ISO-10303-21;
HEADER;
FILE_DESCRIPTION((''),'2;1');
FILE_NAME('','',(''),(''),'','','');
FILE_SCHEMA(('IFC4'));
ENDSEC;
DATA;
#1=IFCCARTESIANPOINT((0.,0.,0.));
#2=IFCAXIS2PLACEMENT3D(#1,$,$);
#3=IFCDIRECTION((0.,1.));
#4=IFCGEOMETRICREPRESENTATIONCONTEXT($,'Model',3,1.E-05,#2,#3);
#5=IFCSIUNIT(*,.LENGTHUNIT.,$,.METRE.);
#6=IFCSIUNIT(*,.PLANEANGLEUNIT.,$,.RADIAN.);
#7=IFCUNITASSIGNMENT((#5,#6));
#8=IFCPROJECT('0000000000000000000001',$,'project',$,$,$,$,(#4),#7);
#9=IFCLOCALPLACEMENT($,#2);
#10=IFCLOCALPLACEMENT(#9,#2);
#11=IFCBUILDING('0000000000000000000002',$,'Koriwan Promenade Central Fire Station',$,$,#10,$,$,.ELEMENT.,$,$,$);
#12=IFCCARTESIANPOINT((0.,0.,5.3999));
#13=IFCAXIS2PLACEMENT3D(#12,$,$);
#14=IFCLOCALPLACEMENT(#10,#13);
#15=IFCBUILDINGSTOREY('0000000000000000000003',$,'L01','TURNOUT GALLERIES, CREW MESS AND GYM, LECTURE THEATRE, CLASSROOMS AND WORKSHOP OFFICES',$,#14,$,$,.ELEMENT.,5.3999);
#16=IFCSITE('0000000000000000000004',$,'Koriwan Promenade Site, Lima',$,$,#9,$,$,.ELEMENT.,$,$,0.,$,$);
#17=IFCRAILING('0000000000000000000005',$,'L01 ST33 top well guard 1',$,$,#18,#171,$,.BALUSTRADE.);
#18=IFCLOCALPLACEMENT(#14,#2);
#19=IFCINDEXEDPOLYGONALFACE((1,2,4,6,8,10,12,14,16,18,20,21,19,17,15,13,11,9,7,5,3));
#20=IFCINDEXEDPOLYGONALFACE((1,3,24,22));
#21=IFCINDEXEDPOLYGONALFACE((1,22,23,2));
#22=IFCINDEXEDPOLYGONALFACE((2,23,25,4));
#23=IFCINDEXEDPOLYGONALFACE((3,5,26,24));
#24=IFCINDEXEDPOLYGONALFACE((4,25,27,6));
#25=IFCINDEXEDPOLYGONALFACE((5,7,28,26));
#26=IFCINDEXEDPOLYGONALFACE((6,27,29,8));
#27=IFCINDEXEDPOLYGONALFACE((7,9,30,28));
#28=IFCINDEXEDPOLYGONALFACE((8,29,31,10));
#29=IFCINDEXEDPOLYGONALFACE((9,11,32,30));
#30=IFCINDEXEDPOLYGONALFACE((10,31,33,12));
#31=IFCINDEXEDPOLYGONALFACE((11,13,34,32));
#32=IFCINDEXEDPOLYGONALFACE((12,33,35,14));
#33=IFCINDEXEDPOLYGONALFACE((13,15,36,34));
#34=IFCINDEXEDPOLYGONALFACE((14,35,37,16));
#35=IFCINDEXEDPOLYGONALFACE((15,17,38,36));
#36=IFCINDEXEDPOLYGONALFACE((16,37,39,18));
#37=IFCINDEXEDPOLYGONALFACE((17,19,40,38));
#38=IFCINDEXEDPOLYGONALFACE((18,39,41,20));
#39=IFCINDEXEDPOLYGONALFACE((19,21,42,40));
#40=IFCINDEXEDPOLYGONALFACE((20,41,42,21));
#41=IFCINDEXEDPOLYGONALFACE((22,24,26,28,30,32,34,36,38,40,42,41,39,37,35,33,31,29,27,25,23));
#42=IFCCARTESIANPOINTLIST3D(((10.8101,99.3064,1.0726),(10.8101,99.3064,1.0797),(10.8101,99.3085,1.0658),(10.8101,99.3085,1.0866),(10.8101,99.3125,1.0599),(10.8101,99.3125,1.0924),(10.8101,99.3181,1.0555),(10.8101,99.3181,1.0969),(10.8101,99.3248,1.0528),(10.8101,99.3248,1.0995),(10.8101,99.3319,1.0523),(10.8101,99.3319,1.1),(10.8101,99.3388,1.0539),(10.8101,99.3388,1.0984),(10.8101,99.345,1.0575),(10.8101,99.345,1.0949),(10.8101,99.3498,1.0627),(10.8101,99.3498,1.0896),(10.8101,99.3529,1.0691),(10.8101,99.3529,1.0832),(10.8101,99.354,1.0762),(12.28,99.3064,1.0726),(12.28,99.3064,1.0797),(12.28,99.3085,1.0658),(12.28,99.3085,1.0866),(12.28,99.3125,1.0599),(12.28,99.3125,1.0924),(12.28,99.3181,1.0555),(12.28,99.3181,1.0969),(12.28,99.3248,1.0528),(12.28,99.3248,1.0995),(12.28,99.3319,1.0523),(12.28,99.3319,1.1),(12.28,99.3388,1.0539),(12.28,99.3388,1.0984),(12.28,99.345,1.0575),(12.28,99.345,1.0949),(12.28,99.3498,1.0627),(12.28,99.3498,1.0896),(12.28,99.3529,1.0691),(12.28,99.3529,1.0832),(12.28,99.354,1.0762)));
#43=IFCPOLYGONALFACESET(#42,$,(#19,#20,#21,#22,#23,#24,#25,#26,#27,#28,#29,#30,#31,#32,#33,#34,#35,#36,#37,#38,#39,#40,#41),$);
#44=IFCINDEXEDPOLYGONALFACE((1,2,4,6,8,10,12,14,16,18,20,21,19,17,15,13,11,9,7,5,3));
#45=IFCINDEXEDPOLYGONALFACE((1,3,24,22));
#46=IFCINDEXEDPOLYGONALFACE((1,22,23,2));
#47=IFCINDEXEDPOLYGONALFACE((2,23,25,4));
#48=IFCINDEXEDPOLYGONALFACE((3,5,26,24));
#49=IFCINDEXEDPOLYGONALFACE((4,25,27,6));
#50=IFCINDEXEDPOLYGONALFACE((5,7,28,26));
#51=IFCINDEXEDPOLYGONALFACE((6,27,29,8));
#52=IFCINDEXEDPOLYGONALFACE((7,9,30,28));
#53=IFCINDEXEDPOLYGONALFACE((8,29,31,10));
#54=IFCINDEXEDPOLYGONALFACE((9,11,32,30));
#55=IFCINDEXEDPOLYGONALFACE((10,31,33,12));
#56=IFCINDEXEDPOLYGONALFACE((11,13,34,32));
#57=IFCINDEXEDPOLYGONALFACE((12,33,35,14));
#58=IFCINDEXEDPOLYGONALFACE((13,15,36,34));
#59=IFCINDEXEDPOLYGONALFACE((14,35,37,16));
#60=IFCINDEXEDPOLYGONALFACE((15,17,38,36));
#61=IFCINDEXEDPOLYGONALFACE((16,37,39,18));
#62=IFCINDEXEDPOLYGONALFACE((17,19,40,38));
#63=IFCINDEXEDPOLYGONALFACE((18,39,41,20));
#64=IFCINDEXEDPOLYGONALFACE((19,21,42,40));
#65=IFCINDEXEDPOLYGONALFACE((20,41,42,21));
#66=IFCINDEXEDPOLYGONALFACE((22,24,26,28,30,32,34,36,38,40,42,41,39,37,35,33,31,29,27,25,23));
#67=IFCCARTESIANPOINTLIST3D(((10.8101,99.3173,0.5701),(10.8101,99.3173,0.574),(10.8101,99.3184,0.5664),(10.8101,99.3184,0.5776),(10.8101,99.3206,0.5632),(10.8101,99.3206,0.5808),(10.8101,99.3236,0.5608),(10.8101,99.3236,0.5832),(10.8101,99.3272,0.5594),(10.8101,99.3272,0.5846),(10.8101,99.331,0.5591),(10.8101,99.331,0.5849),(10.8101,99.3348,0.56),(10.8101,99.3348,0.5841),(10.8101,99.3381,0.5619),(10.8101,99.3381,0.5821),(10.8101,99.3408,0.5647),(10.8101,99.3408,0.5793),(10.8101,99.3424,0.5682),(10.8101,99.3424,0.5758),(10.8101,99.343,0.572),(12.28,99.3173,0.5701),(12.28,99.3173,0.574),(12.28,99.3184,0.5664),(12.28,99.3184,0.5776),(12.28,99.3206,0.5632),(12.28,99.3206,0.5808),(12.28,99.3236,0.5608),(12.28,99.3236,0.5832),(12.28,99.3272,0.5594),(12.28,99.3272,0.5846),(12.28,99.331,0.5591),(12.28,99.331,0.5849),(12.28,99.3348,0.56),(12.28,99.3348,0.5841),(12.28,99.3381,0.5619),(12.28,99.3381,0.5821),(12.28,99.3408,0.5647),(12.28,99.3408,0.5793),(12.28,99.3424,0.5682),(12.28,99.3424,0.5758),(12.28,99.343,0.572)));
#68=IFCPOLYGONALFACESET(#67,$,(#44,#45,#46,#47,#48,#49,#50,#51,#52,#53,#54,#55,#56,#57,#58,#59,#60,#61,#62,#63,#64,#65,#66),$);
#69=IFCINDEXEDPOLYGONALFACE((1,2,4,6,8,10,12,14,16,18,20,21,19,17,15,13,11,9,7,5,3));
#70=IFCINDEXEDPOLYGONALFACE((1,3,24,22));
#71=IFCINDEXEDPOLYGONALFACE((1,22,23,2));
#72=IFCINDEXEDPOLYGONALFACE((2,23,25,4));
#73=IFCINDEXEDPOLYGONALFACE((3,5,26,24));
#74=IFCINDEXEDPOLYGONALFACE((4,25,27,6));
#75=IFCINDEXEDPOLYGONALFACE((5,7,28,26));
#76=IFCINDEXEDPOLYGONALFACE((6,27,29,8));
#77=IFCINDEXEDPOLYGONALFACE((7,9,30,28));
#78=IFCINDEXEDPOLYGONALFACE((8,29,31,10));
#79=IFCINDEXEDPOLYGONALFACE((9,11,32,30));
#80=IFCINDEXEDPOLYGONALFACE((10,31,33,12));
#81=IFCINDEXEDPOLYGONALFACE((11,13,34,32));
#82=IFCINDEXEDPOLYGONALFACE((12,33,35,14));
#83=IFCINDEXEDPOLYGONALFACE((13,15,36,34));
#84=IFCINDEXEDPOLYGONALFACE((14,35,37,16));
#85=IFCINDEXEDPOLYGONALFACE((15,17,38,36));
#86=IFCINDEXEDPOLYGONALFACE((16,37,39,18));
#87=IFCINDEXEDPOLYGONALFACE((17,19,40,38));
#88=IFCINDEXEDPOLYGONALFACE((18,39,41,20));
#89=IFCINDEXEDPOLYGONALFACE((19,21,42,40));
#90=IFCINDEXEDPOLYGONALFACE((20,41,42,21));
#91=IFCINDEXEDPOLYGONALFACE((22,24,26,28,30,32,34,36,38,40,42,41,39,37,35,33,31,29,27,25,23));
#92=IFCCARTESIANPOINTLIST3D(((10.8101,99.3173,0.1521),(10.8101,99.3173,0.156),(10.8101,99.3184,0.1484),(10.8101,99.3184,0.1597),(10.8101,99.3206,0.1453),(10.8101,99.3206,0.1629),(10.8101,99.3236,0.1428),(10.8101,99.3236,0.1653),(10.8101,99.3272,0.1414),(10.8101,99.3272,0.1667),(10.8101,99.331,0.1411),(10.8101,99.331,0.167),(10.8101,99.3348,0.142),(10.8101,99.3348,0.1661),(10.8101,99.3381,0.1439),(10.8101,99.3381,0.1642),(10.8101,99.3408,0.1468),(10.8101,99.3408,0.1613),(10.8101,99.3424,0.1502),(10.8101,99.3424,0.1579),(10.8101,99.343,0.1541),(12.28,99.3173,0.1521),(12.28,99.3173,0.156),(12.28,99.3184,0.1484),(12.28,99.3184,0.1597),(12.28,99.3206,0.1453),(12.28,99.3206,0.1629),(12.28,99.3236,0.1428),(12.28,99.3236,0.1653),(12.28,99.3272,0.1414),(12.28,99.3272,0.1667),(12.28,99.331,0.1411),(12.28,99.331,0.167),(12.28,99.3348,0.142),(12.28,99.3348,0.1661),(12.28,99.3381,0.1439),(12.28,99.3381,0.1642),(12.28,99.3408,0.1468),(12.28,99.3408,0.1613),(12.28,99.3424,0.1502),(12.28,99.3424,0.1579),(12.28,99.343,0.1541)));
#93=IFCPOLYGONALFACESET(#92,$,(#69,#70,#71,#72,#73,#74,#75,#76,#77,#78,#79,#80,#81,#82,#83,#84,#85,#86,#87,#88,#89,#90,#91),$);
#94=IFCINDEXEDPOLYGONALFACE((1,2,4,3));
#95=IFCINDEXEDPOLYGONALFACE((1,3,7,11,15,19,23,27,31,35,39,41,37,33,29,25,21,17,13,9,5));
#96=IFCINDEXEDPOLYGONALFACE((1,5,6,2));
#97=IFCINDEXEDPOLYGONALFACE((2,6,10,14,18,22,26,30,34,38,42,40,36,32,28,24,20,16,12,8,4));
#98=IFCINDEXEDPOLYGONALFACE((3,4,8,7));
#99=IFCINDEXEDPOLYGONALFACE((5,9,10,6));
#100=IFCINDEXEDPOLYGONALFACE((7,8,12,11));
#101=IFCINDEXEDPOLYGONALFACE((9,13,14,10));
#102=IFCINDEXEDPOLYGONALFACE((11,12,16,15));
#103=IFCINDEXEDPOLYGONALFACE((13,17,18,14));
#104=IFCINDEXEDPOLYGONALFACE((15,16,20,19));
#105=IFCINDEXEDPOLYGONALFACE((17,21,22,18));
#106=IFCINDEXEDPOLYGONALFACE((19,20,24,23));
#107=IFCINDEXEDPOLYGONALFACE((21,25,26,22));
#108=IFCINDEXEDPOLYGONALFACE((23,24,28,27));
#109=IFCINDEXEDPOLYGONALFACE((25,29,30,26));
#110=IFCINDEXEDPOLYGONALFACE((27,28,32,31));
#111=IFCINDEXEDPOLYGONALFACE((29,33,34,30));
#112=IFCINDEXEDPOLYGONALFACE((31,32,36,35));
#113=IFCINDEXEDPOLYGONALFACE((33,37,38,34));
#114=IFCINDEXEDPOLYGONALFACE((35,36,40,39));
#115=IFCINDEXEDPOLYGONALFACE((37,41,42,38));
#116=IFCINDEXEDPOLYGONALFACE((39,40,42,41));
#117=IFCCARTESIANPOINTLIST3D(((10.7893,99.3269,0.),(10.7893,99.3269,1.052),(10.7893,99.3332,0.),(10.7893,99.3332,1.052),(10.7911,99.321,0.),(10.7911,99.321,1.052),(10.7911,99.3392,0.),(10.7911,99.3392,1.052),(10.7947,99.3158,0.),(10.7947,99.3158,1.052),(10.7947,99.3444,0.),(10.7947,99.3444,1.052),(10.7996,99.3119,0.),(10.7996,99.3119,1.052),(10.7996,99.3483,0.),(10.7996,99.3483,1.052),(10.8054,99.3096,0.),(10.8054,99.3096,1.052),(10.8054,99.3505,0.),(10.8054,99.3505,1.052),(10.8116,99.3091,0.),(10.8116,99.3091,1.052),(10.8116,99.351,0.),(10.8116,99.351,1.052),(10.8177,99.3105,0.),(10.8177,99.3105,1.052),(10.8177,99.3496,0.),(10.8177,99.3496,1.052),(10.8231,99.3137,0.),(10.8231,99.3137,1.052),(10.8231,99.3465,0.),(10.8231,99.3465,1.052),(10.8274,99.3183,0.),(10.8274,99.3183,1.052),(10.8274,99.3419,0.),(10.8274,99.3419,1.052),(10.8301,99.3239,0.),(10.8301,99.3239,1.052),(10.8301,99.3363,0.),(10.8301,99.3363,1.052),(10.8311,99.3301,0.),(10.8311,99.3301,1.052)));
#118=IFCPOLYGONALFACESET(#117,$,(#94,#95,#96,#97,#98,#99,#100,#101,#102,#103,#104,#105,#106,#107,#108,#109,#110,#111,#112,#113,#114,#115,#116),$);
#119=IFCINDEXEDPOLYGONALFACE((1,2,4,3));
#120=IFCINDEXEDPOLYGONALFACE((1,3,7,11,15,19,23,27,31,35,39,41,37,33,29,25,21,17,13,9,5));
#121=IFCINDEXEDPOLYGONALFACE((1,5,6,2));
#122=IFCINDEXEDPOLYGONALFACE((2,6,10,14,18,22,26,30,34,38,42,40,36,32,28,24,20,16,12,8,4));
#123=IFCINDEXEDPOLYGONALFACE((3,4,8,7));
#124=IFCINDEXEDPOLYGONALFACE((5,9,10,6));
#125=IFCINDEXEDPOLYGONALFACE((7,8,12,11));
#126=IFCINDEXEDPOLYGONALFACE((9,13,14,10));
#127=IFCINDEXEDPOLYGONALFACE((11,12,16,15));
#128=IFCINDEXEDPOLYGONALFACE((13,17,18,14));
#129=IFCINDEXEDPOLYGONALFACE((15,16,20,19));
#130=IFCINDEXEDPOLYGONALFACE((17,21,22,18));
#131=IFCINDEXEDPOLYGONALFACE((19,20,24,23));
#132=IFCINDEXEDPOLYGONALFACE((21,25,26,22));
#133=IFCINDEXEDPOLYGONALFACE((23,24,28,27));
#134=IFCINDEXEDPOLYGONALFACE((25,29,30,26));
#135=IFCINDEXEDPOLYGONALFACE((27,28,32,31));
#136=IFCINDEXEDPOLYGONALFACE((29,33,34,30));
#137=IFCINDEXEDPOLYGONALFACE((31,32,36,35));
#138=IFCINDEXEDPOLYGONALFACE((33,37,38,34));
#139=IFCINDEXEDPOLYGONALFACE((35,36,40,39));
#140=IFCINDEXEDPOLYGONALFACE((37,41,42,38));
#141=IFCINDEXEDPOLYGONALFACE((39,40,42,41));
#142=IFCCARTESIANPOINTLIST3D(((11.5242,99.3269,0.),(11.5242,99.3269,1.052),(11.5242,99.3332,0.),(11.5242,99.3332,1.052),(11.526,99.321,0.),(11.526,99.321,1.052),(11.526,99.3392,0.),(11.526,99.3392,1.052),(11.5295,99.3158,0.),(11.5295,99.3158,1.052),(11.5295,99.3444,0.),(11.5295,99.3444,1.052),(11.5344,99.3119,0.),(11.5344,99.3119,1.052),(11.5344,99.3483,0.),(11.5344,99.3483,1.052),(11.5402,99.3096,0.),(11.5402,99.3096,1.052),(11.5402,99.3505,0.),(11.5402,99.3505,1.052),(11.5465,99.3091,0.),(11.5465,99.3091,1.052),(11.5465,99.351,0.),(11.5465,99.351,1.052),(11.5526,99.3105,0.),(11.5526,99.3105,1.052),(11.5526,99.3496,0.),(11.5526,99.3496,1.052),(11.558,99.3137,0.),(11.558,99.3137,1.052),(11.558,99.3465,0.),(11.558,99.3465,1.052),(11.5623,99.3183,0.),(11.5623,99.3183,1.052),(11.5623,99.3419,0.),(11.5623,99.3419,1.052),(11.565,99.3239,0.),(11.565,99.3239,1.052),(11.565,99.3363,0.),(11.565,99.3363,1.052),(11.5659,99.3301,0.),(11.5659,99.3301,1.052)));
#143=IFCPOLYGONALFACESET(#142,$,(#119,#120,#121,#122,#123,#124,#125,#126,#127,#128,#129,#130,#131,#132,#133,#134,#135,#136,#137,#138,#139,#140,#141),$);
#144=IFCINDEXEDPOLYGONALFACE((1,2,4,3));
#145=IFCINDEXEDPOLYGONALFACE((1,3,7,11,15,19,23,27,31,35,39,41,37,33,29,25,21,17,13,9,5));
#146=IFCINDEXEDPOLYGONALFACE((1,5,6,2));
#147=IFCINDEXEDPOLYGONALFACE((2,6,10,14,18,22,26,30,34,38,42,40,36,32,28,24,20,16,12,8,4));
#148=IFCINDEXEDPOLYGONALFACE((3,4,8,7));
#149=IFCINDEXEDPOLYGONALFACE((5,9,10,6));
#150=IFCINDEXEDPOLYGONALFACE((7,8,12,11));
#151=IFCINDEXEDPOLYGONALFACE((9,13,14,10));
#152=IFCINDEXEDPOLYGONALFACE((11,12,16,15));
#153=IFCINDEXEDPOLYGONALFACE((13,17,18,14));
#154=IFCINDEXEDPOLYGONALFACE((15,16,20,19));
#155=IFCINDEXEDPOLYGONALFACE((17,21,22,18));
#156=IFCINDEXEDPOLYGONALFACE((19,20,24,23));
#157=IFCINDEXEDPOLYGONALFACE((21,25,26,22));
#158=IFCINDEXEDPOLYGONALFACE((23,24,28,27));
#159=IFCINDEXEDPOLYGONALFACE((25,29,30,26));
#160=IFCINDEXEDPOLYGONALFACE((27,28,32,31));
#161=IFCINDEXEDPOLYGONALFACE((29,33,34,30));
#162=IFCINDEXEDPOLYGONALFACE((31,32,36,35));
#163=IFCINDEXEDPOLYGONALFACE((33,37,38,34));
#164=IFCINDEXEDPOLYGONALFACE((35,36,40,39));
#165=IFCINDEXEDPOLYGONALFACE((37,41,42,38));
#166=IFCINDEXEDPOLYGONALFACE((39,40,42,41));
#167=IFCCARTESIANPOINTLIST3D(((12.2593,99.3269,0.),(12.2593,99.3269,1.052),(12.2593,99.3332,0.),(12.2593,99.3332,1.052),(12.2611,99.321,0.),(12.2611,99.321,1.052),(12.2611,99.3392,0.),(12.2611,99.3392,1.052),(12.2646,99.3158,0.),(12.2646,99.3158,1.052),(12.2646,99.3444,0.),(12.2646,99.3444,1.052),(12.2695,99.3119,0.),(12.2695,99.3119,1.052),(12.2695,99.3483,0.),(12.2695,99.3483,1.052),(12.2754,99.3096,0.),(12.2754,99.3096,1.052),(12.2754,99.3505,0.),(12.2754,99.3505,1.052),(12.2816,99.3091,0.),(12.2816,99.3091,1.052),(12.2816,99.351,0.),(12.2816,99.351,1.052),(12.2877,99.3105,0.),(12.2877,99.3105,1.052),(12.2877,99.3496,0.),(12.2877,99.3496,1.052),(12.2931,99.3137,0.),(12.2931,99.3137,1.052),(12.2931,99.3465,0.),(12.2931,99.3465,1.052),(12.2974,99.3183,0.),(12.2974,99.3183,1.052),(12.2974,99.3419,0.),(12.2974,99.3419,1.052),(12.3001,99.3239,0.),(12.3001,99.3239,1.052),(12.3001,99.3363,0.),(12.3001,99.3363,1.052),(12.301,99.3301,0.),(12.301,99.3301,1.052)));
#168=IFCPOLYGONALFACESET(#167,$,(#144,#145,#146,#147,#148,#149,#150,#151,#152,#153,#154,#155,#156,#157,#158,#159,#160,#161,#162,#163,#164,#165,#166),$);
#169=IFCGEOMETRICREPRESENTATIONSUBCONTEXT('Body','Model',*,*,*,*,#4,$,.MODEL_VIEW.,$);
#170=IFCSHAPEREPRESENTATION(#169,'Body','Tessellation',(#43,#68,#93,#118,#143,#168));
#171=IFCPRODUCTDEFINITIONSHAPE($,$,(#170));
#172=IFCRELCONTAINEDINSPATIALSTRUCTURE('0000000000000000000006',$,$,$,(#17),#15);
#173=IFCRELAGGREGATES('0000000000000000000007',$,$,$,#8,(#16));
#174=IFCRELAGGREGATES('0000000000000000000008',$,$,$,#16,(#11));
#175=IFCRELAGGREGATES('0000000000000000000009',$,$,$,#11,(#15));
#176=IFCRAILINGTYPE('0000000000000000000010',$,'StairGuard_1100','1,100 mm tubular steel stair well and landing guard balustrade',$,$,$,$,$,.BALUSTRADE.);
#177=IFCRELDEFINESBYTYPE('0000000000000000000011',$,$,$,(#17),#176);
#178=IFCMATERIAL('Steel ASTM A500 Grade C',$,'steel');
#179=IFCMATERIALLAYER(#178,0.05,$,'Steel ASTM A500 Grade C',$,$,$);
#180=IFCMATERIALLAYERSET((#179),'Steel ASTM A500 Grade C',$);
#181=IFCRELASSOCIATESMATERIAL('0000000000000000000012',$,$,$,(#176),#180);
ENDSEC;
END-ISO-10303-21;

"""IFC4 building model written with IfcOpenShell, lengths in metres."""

from ifc_helpers import new_model, si_unit, direction, frame, origin, origin_2d, place, context, subcontext, project, spatial, circle, extrude, material, layer, layer_set, type_object, element, save


model = new_model("IFC4")

# Units and contexts
model_context = context("Model", 3, precision=1e-05, world=origin(), true_north=direction((0.0, 1.0)))
body_context = subcontext(model_context, "Body", "Model", "MODEL_VIEW")
ifc_project = project(units=[si_unit("LENGTHUNIT", "METRE"), si_unit("PLANEANGLEUNIT", "RADIAN")], contexts=[model_context])

# Site, building, storey
site_placement = place(None, origin())
site = spatial("IfcSite", under=ifc_project, at=site_placement, Name="Koriwan Promenade Site, Lima", CompositionType="ELEMENT", RefElevation=0.0)
building_placement = place(site_placement, origin())
building = spatial("IfcBuilding", under=site, at=building_placement, Name="Koriwan Promenade Central Fire Station", CompositionType="ELEMENT")
storey_placement = place(building_placement, frame((0.0, 0.0, 5.3999)))
storey = spatial("IfcBuildingStorey", under=building, at=storey_placement, Name="L01", Description="TURNOUT GALLERIES, CREW MESS AND GYM, LECTURE THEATRE, CLASSROOMS AND WORKSHOP OFFICES", CompositionType="ELEMENT", Elevation=5.3999)

# Railing
ifc_material_1 = material(Name="Steel ASTM A500 Grade C", Category="steel")
ifc_layer_1 = layer(ifc_material_1, 0.05, Name="Steel ASTM A500 Grade C")
ifc_layer_set_1 = layer_set([ifc_layer_1], Name="Steel ASTM A500 Grade C")
railing_type = type_object("IfcRailingType", Name="StairGuard_1100", Description="1,100 mm tubular steel stair well and landing guard balustrade", PredefinedType="BALUSTRADE", material=ifc_layer_set_1)
railing_placement = place(storey_placement, frame((10.8101, 99.3301, 0.0)))
element("IfcRailing", 1, at=railing_placement, inside=storey, type_object=railing_type, Name="L01 ST33 top well guard 1", PredefinedType="BALUSTRADE", context=body_context, shape_type="SweptSolid", body=[
    extrude(circle(Radius=0.0239, at=origin_2d()), frame((0.0, 0.0, 1.0762), z_axis=(1.0, 0.0, 0.0), x_axis=(0.0, 1.0, 0.0)), (0.0, 0.0, 1.0), 1.47),
    extrude(circle(Radius=0.0129, at=origin_2d()), frame((0.0, 0.0, 0.572), z_axis=(1.0, 0.0, 0.0), x_axis=(0.0, 1.0, 0.0)), (0.0, 0.0, 1.0), 1.47),
    extrude(circle(Radius=0.0129, at=origin_2d()), frame((0.0, 0.0, 0.1541), z_axis=(1.0, 0.0, 0.0), x_axis=(0.0, 1.0, 0.0)), (0.0, 0.0, 1.0), 1.47),
    extrude(circle(Radius=0.021, at=origin_2d()), origin(), (0.0, 0.0, 1.0), 1.052),
    extrude(circle(Radius=0.021, at=origin_2d()), frame((0.7349, 0.0, 0.0)), (0.0, 0.0, 1.0), 1.052),
    extrude(circle(Radius=0.021, at=origin_2d()), frame((1.47, 0.0, 0.0)), (0.0, 0.0, 1.0), 1.052),
])

save(model, "model.ifc")
